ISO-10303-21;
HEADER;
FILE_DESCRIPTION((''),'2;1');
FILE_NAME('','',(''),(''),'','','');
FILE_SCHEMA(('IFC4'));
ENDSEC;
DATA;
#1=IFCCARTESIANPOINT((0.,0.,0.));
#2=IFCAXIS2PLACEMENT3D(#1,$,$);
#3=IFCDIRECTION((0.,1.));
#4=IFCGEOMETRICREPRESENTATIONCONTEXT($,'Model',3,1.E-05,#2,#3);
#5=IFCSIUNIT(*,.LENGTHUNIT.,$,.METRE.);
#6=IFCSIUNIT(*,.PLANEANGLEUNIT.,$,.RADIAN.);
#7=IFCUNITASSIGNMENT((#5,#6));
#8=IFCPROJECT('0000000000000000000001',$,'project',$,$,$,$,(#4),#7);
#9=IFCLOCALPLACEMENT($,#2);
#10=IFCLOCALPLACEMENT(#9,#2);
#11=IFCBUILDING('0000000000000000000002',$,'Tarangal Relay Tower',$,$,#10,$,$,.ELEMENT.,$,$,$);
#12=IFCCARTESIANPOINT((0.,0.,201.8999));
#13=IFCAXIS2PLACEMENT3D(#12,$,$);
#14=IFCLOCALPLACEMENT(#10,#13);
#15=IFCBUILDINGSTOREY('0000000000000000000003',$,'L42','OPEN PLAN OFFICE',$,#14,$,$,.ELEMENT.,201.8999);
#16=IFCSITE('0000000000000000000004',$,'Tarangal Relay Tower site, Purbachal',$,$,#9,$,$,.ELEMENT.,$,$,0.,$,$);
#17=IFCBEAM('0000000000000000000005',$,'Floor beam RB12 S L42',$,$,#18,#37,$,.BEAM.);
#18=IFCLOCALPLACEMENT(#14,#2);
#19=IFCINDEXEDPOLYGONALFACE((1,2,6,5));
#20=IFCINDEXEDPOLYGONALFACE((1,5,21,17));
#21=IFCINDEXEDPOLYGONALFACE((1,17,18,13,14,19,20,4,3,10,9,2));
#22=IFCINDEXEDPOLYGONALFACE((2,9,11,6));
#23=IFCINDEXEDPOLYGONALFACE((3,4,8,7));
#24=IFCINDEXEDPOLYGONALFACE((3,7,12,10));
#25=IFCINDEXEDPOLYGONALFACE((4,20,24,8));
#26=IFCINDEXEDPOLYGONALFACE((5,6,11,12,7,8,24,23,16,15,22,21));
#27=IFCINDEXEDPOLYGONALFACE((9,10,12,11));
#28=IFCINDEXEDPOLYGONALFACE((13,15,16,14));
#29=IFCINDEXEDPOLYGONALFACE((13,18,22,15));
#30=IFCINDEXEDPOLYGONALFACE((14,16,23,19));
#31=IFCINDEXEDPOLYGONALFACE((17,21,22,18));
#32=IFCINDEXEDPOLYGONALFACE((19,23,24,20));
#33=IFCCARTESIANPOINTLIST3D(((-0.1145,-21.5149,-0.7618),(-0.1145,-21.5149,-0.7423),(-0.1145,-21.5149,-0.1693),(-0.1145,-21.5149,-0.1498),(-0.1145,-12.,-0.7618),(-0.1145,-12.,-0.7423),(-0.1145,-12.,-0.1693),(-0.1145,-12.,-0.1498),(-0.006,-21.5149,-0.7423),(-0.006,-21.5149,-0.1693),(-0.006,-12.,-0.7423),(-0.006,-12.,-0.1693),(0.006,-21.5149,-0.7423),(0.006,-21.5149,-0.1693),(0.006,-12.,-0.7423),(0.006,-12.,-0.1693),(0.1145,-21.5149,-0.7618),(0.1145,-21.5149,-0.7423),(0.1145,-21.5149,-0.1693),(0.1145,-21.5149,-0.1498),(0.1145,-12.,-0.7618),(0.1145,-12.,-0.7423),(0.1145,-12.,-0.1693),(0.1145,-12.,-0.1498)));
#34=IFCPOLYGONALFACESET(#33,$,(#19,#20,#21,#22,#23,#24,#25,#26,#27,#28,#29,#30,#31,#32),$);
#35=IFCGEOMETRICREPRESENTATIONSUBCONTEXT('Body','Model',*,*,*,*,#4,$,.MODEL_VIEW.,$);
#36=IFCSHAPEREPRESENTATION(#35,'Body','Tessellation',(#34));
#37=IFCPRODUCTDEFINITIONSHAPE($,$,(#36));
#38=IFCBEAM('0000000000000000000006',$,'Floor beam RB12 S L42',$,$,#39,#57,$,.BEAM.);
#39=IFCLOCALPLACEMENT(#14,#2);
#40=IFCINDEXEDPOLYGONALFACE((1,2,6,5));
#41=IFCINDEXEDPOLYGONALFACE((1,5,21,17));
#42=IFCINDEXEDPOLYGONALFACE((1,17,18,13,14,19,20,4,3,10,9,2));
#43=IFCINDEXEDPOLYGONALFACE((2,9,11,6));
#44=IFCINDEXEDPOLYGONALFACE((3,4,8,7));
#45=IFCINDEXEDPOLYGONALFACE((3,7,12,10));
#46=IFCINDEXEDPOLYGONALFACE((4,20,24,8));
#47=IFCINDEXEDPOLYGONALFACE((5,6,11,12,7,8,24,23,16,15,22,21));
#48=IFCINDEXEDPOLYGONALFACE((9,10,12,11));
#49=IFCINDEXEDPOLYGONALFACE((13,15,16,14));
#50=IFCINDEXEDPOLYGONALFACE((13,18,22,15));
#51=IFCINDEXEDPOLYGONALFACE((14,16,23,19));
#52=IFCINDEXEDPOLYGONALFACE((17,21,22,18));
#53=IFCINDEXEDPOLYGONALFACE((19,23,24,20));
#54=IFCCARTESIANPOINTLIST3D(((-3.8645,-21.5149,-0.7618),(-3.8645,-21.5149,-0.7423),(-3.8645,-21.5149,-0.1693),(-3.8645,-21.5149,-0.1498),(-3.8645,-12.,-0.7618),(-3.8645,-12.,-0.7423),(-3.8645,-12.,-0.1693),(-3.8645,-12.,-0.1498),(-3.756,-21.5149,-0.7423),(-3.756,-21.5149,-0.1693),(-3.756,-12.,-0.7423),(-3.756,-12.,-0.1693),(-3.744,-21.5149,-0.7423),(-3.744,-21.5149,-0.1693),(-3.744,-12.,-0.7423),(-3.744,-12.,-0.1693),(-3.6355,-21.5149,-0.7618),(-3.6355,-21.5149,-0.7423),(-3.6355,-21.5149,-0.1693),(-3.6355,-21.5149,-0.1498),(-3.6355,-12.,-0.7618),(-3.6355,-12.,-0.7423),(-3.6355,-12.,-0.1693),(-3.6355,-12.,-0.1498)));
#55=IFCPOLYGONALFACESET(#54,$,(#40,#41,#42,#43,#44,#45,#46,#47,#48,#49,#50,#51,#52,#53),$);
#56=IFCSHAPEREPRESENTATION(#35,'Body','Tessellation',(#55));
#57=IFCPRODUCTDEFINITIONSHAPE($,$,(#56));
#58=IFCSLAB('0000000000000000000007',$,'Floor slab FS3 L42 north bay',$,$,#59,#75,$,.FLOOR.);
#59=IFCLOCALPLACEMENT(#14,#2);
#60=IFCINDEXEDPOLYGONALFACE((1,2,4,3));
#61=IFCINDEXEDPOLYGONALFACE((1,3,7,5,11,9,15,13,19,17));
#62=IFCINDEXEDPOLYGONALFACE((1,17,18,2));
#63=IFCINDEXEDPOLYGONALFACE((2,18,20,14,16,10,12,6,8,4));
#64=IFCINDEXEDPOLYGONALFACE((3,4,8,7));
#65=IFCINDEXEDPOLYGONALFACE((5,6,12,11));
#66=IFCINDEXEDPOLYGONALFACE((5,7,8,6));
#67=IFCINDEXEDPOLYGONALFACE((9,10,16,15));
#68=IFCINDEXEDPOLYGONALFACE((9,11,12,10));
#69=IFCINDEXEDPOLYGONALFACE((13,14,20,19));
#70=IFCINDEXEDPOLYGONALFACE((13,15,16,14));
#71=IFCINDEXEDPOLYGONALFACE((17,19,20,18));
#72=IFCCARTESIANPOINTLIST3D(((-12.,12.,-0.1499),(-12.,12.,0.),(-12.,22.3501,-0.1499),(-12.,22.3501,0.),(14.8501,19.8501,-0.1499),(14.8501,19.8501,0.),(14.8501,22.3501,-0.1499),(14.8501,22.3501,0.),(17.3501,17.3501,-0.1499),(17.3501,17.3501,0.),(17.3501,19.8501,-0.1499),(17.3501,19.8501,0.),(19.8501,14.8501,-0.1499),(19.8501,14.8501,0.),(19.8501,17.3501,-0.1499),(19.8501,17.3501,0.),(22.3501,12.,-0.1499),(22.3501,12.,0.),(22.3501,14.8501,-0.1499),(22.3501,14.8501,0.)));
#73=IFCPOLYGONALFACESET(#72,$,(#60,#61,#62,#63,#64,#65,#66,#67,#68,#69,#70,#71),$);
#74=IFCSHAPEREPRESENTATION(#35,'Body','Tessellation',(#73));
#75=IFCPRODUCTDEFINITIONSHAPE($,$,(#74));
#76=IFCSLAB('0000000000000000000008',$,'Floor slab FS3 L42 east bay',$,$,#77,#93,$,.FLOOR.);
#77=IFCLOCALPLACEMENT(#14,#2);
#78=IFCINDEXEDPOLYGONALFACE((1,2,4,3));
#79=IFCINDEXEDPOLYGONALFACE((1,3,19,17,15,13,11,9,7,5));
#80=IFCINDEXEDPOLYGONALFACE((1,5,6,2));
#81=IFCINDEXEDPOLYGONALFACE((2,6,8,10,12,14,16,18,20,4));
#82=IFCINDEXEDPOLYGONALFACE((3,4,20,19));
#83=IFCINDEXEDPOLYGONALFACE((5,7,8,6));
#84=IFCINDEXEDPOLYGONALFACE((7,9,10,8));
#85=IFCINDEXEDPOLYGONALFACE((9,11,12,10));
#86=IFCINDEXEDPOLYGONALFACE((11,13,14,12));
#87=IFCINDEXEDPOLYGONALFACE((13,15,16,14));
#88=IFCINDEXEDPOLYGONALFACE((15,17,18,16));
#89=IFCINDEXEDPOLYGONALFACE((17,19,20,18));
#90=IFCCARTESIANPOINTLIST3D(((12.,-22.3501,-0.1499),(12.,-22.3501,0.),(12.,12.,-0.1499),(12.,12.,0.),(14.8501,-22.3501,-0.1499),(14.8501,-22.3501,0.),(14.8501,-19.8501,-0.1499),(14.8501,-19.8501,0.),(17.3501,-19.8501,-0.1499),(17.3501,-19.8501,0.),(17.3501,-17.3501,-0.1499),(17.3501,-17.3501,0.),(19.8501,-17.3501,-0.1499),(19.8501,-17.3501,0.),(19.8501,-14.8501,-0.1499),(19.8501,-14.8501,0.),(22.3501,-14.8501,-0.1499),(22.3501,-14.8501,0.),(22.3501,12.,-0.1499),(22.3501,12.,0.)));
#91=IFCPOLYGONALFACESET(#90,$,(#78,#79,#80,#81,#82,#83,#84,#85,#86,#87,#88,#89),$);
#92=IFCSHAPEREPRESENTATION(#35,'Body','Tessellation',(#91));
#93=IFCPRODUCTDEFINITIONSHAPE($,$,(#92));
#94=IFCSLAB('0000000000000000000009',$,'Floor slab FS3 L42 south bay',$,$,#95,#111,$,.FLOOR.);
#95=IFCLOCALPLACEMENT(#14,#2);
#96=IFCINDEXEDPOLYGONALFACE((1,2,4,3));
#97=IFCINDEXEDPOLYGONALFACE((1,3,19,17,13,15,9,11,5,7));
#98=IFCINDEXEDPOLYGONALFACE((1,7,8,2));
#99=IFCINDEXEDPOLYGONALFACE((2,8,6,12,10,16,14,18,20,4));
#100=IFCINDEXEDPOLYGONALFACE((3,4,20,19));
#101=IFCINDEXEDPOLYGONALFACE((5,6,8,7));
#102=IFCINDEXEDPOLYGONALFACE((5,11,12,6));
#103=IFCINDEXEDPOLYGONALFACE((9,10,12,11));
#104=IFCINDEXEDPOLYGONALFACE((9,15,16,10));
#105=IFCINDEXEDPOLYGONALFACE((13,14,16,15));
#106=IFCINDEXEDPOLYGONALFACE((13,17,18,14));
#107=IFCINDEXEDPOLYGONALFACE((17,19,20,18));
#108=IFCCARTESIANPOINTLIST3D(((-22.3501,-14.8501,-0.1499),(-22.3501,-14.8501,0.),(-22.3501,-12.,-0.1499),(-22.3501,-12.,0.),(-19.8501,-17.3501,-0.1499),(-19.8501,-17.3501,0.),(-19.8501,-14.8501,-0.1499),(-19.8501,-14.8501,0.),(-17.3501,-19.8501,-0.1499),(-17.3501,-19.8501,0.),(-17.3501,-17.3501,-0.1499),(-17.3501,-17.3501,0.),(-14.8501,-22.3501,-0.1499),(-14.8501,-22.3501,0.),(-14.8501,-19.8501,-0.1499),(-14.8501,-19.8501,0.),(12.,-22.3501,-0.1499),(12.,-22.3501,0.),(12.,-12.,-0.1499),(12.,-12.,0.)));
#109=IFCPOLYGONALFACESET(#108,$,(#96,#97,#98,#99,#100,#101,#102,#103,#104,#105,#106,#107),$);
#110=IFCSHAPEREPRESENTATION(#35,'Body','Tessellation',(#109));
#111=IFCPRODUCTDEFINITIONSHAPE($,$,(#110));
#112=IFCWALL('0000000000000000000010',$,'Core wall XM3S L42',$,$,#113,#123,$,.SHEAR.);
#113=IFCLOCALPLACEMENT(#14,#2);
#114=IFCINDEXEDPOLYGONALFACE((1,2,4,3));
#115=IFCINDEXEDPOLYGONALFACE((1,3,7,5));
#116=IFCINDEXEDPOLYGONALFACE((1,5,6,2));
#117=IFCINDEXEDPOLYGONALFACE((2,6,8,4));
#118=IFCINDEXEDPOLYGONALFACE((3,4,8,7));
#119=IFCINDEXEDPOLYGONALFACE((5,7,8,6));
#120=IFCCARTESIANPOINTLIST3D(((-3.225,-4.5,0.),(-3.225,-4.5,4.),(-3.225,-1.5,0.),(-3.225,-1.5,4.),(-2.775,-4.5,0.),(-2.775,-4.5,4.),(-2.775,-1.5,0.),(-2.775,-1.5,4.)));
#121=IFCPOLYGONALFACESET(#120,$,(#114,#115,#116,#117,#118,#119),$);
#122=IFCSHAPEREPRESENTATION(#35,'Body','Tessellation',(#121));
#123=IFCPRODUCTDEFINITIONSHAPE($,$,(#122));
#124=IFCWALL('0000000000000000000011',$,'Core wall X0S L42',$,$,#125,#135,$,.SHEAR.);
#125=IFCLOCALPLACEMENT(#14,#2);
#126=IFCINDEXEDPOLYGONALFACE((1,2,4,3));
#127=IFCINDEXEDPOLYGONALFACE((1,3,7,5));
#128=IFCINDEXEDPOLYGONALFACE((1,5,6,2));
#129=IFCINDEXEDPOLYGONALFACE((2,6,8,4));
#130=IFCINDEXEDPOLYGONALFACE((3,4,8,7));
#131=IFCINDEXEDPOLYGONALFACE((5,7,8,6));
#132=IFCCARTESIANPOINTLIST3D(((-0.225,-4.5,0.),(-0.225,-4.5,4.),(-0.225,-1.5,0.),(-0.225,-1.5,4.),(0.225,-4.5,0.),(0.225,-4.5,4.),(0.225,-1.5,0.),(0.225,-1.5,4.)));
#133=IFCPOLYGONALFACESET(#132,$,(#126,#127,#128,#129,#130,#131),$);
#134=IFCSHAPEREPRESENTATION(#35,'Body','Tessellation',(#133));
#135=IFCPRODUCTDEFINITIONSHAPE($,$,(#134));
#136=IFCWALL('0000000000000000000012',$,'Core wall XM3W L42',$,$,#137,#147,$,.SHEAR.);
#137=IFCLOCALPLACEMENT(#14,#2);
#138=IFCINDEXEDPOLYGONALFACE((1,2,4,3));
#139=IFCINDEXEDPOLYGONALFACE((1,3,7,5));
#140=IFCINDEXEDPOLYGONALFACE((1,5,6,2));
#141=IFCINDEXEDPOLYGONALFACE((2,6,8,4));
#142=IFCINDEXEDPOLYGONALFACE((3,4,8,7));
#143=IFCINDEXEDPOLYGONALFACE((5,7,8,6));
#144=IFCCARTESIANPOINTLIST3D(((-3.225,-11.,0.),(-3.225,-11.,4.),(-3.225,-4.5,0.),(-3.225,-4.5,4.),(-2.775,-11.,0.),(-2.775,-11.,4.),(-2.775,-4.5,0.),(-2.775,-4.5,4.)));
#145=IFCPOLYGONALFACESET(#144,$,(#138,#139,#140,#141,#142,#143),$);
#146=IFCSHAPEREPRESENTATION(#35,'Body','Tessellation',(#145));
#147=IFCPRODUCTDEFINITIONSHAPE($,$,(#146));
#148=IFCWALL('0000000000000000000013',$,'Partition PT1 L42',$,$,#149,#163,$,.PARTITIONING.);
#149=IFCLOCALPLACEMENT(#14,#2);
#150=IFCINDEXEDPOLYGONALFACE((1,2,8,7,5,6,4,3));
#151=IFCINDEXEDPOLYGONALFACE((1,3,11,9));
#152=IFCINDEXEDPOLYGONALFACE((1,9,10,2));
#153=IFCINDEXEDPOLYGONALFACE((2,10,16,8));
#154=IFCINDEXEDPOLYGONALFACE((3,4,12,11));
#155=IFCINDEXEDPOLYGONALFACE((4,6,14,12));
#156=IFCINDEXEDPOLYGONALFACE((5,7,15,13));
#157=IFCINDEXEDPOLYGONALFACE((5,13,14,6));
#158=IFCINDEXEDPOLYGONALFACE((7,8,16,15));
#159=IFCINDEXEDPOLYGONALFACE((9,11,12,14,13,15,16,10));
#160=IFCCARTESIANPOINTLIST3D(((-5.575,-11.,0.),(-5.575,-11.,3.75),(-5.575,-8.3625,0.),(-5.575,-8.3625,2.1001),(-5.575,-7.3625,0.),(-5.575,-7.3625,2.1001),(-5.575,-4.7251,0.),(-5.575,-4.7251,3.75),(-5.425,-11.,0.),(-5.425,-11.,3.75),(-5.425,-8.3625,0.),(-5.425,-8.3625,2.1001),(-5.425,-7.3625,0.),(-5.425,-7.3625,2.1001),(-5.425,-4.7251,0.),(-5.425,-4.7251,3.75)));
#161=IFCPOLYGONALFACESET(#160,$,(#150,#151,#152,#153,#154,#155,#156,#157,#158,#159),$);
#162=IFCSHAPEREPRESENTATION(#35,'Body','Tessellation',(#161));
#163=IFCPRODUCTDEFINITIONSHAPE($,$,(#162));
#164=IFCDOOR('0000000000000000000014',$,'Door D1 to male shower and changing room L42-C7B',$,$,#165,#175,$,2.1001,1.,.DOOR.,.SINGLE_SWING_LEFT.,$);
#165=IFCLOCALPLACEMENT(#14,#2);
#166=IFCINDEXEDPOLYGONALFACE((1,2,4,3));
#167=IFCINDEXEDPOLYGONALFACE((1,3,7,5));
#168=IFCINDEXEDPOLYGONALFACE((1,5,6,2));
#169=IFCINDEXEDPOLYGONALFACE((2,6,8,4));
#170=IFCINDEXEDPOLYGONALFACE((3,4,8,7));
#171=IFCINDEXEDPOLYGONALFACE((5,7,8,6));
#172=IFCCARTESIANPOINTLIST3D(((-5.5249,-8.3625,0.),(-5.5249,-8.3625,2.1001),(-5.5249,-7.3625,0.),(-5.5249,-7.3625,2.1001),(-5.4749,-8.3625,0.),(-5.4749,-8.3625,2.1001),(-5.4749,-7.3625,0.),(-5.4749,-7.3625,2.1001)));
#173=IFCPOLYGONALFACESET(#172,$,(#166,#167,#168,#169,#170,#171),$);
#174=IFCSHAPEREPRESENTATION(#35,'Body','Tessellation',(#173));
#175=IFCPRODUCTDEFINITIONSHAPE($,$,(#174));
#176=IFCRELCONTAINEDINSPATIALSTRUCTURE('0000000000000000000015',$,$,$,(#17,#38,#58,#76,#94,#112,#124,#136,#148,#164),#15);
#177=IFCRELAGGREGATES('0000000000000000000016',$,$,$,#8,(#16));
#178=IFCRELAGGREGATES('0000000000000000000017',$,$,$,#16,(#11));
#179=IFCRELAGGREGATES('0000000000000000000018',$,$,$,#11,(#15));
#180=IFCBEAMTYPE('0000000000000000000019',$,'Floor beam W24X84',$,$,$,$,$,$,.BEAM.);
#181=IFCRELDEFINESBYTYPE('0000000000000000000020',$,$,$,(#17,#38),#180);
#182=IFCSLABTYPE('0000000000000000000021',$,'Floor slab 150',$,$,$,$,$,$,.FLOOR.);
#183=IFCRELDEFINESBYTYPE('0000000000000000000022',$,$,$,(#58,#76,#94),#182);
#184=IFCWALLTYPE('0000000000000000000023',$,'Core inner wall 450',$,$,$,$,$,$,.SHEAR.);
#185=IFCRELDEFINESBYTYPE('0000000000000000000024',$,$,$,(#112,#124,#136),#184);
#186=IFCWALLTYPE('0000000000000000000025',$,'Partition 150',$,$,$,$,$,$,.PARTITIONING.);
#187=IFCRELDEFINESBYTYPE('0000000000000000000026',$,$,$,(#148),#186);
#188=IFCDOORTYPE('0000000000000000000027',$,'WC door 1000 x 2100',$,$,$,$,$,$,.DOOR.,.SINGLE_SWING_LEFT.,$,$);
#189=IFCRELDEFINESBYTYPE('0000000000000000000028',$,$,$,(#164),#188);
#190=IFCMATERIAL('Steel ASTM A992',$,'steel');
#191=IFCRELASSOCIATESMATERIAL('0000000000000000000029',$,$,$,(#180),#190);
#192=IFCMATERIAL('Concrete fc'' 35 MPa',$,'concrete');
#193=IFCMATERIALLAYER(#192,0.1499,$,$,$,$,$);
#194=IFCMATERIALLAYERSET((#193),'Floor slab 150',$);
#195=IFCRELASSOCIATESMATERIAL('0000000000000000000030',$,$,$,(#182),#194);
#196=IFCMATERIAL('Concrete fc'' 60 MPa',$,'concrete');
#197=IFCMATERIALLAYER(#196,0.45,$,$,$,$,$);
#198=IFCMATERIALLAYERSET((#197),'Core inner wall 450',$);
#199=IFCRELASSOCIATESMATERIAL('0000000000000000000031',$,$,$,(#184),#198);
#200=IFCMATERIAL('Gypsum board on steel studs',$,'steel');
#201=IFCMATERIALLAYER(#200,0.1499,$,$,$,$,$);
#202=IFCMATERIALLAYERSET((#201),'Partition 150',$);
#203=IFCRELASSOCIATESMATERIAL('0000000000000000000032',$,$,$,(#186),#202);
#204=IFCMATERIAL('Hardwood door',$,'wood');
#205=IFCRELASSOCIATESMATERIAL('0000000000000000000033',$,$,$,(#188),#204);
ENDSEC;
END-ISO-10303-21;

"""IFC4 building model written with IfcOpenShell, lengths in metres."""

from ifc_helpers import new_model, si_unit, direction, frame, frame_2d, origin, origin_2d, place, context, subcontext, project, spatial, polyline, rectangle, i_section, outline, extrude, material, layer, layer_set, material_profile, profile_set, type_object, element, fill, save


model = new_model("IFC4")

# Units and contexts
model_context = context("Model", 3, precision=1e-05, world=origin(), true_north=direction((0.0, 1.0)))
body_context = subcontext(model_context, "Body", "Model", "MODEL_VIEW")
ifc_project = project(units=[si_unit("LENGTHUNIT", "METRE"), si_unit("PLANEANGLEUNIT", "RADIAN")], contexts=[model_context])

# Site, building, storey
site_placement = place(None, origin())
site = spatial("IfcSite", under=ifc_project, at=site_placement, Name="Tarangal Relay Tower site, Purbachal", CompositionType="ELEMENT", RefElevation=0.0)
building_placement = place(site_placement, origin())
building = spatial("IfcBuilding", under=site, at=building_placement, Name="Tarangal Relay Tower", CompositionType="ELEMENT")
storey_placement = place(building_placement, frame((0.0, 0.0, 201.8999)))
storey = spatial("IfcBuildingStorey", under=building, at=storey_placement, Name="L42", Description="OPEN PLAN OFFICE", CompositionType="ELEMENT", Elevation=201.8999)

# Beams
ifc_material_1 = material(Name="Steel ASTM A992", Category="steel")
ifc_material_profile = material_profile(ifc_material_1, i_section(OverallWidth=0.229, OverallDepth=0.6121, WebThickness=0.012, FlangeThickness=0.0195, at=origin_2d()), Name="W24X84")
ifc_profile_set = profile_set([ifc_material_profile], Name="Steel ASTM A992")
beam_type = type_object("IfcBeamType", Name="Floor beam W24X84", PredefinedType="BEAM", material=ifc_profile_set)
for number, where, z_axis, x_axis, name in (
    (1, (0.0, -12.0, -0.4558), (0.0, -1.0, 0.0), (1.0, 0.0, 0.0), "Floor beam RB12 S L42"),
    (2, (-3.75, -12.0, -0.4558), (0.0, -1.0, 0.0), (1.0, 0.0, 0.0), "Floor beam RB12 S L42"),
):
    element("IfcBeam", number, at=place(storey_placement, frame(where, z_axis=z_axis, x_axis=x_axis)), inside=storey, type_object=beam_type, Name=name, PredefinedType="BEAM", context=body_context, shape_type="SweptSolid", body=[
        extrude(i_section(OverallWidth=0.229, OverallDepth=0.6121, WebThickness=0.012, FlangeThickness=0.0195, at=origin_2d()), origin(), (0.0, 0.0, 1.0), 9.5149),
    ])

# Slabs
ifc_material_2 = material(Name="Concrete fc' 35 MPa", Category="concrete")
ifc_layer_1 = layer(ifc_material_2, 0.1499)
ifc_layer_set_1 = layer_set([ifc_layer_1], Name="Floor slab 150")
slab_type = type_object("IfcSlabType", Name="Floor slab 150", PredefinedType="FLOOR", material=ifc_layer_set_1)
slab_1_placement = place(storey_placement, frame((0.0, 0.0, -0.1499)))
element("IfcSlab", 3, at=slab_1_placement, inside=storey, type_object=slab_type, Name="Floor slab FS3 L42 north bay", PredefinedType="FLOOR", context=body_context, shape_type="SweptSolid", body=[
    extrude(outline(polyline([(14.8501, 22.3501), (14.8501, 19.8501), (17.3501, 19.8501), (17.3501, 17.3501), (19.8501, 17.3501), (19.8501, 14.8501), (22.3501, 14.8501), (22.3501, 12.0), (-12.0, 12.0), (-12.0, 22.3501), (14.8501, 22.3501)])), origin(), (0.0, 0.0, 1.0), 0.1499),
])
slab_2_placement = place(storey_placement, frame((0.0, 0.0, -0.1499)))
element("IfcSlab", 4, at=slab_2_placement, inside=storey, type_object=slab_type, Name="Floor slab FS3 L42 east bay", PredefinedType="FLOOR", context=body_context, shape_type="SweptSolid", body=[
    extrude(outline(polyline([(22.3501, -14.8501), (19.8501, -14.8501), (19.8501, -17.3501), (17.3501, -17.3501), (17.3501, -19.8501), (14.8501, -19.8501), (14.8501, -22.3501), (12.0, -22.3501), (12.0, 12.0), (22.3501, 12.0), (22.3501, -14.8501)])), origin(), (0.0, 0.0, 1.0), 0.1499),
])
slab_3_placement = place(storey_placement, frame((0.0, 0.0, -0.1499)))
element("IfcSlab", 5, at=slab_3_placement, inside=storey, type_object=slab_type, Name="Floor slab FS3 L42 south bay", PredefinedType="FLOOR", context=body_context, shape_type="SweptSolid", body=[
    extrude(outline(polyline([(-14.8501, -22.3501), (-14.8501, -19.8501), (-17.3501, -19.8501), (-17.3501, -17.3501), (-19.8501, -17.3501), (-19.8501, -14.8501), (-22.3501, -14.8501), (-22.3501, -12.0), (12.0, -12.0), (12.0, -22.3501), (-14.8501, -22.3501)])), origin(), (0.0, 0.0, 1.0), 0.1499),
])

# Walls
ifc_material_3 = material(Name="Concrete fc' 60 MPa", Category="concrete")
ifc_layer_2 = layer(ifc_material_3, 0.45)
ifc_layer_set_2 = layer_set([ifc_layer_2], Name="Core inner wall 450")
wall_type_1 = type_object("IfcWallType", Name="Core inner wall 450", PredefinedType="SHEAR", material=ifc_layer_set_2)
for number, where, z_axis, x_axis, name in (
    (6, (-3.0, -4.5, 0.0), (0.0, 0.0, 1.0), (0.0, 1.0, 0.0), "Core wall XM3S L42"),
    (7, (0.0, -4.5, 0.0), (0.0, 0.0, 1.0), (0.0, 1.0, 0.0), "Core wall X0S L42"),
):
    element("IfcWall", number, at=place(storey_placement, frame(where, z_axis=z_axis, x_axis=x_axis)), inside=storey, type_object=wall_type_1, Name=name, PredefinedType="SHEAR", context=body_context, shape_type="SweptSolid", body=[
        extrude(rectangle(XDim=3.0, YDim=0.45, at=frame_2d((1.5, 0.0))), origin(), (0.0, 0.0, 1.0), 4.0),
    ])
wall_1_placement = place(storey_placement, frame((-3.0, -11.0, 0.0), z_axis=(0.0, 0.0, 1.0), x_axis=(0.0, 1.0, 0.0)))
element("IfcWall", 8, at=wall_1_placement, inside=storey, type_object=wall_type_1, Name="Core wall XM3W L42", PredefinedType="SHEAR", context=body_context, shape_type="SweptSolid", body=[
    extrude(rectangle(XDim=6.5, YDim=0.45, at=frame_2d((3.25, 0.0))), origin(), (0.0, 0.0, 1.0), 4.0),
])

# Wall, opening, door
ifc_material_4 = material(Name="Gypsum board on steel studs", Category="steel")
ifc_layer_3 = layer(ifc_material_4, 0.1499)
ifc_layer_set_3 = layer_set([ifc_layer_3], Name="Partition 150")
wall_type_2 = type_object("IfcWallType", Name="Partition 150", PredefinedType="PARTITIONING", material=ifc_layer_set_3)
wall_2_placement = place(storey_placement, frame((-5.5, -11.0, 0.0), z_axis=(0.0, 0.0, 1.0), x_axis=(0.0, 1.0, 0.0)))
wall_2 = element("IfcWall", 9, at=wall_2_placement, inside=storey, type_object=wall_type_2, Name="Partition PT1 L42", PredefinedType="PARTITIONING", context=body_context, shape_type="SweptSolid", body=[
    extrude(rectangle(XDim=6.2749, YDim=0.1499, at=frame_2d((3.1375, 0.0))), origin(), (0.0, 0.0, 1.0), 3.75),
])
opening_placement = place(wall_2_placement, frame((2.6375, 0.0, 0.0)))
opening = element("IfcOpeningElement", 10, at=opening_placement, cuts=wall_2, PredefinedType="OPENING", context=body_context, shape_type="SweptSolid", body=[
    extrude(rectangle(XDim=1.0, YDim=2.1001, at=frame_2d((0.5, 1.05))), frame((0.0, 0.085, 0.0), z_axis=(0.0, -1.0, 0.0), x_axis=(1.0, 0.0, 0.0)), (0.0, 0.0, 1.0), 0.1699),
])
ifc_material_5 = material(Name="Hardwood door", Category="wood")
door_type = type_object("IfcDoorType", Name="WC door 1000 x 2100", OperationType="SINGLE_SWING_LEFT", PredefinedType="DOOR", material=ifc_material_5)
door_placement = place(opening_placement, origin())
door = element("IfcDoor", 11, at=door_placement, inside=storey, type_object=door_type, Name="Door D1 to male shower and changing room L42-C7B", OperationType="SINGLE_SWING_LEFT", OverallHeight=2.1001, OverallWidth=1.0, PredefinedType="DOOR", context=body_context, shape_type="SweptSolid", body=[
    extrude(rectangle(XDim=1.0, YDim=2.1001, at=frame_2d((0.5, 1.05))), frame((0.0, 0.0249, 0.0), z_axis=(0.0, -1.0, 0.0), x_axis=(1.0, 0.0, 0.0)), (0.0, 0.0, 1.0), 0.05),
])
fill(opening, door)

save(model, "model.ifc")
